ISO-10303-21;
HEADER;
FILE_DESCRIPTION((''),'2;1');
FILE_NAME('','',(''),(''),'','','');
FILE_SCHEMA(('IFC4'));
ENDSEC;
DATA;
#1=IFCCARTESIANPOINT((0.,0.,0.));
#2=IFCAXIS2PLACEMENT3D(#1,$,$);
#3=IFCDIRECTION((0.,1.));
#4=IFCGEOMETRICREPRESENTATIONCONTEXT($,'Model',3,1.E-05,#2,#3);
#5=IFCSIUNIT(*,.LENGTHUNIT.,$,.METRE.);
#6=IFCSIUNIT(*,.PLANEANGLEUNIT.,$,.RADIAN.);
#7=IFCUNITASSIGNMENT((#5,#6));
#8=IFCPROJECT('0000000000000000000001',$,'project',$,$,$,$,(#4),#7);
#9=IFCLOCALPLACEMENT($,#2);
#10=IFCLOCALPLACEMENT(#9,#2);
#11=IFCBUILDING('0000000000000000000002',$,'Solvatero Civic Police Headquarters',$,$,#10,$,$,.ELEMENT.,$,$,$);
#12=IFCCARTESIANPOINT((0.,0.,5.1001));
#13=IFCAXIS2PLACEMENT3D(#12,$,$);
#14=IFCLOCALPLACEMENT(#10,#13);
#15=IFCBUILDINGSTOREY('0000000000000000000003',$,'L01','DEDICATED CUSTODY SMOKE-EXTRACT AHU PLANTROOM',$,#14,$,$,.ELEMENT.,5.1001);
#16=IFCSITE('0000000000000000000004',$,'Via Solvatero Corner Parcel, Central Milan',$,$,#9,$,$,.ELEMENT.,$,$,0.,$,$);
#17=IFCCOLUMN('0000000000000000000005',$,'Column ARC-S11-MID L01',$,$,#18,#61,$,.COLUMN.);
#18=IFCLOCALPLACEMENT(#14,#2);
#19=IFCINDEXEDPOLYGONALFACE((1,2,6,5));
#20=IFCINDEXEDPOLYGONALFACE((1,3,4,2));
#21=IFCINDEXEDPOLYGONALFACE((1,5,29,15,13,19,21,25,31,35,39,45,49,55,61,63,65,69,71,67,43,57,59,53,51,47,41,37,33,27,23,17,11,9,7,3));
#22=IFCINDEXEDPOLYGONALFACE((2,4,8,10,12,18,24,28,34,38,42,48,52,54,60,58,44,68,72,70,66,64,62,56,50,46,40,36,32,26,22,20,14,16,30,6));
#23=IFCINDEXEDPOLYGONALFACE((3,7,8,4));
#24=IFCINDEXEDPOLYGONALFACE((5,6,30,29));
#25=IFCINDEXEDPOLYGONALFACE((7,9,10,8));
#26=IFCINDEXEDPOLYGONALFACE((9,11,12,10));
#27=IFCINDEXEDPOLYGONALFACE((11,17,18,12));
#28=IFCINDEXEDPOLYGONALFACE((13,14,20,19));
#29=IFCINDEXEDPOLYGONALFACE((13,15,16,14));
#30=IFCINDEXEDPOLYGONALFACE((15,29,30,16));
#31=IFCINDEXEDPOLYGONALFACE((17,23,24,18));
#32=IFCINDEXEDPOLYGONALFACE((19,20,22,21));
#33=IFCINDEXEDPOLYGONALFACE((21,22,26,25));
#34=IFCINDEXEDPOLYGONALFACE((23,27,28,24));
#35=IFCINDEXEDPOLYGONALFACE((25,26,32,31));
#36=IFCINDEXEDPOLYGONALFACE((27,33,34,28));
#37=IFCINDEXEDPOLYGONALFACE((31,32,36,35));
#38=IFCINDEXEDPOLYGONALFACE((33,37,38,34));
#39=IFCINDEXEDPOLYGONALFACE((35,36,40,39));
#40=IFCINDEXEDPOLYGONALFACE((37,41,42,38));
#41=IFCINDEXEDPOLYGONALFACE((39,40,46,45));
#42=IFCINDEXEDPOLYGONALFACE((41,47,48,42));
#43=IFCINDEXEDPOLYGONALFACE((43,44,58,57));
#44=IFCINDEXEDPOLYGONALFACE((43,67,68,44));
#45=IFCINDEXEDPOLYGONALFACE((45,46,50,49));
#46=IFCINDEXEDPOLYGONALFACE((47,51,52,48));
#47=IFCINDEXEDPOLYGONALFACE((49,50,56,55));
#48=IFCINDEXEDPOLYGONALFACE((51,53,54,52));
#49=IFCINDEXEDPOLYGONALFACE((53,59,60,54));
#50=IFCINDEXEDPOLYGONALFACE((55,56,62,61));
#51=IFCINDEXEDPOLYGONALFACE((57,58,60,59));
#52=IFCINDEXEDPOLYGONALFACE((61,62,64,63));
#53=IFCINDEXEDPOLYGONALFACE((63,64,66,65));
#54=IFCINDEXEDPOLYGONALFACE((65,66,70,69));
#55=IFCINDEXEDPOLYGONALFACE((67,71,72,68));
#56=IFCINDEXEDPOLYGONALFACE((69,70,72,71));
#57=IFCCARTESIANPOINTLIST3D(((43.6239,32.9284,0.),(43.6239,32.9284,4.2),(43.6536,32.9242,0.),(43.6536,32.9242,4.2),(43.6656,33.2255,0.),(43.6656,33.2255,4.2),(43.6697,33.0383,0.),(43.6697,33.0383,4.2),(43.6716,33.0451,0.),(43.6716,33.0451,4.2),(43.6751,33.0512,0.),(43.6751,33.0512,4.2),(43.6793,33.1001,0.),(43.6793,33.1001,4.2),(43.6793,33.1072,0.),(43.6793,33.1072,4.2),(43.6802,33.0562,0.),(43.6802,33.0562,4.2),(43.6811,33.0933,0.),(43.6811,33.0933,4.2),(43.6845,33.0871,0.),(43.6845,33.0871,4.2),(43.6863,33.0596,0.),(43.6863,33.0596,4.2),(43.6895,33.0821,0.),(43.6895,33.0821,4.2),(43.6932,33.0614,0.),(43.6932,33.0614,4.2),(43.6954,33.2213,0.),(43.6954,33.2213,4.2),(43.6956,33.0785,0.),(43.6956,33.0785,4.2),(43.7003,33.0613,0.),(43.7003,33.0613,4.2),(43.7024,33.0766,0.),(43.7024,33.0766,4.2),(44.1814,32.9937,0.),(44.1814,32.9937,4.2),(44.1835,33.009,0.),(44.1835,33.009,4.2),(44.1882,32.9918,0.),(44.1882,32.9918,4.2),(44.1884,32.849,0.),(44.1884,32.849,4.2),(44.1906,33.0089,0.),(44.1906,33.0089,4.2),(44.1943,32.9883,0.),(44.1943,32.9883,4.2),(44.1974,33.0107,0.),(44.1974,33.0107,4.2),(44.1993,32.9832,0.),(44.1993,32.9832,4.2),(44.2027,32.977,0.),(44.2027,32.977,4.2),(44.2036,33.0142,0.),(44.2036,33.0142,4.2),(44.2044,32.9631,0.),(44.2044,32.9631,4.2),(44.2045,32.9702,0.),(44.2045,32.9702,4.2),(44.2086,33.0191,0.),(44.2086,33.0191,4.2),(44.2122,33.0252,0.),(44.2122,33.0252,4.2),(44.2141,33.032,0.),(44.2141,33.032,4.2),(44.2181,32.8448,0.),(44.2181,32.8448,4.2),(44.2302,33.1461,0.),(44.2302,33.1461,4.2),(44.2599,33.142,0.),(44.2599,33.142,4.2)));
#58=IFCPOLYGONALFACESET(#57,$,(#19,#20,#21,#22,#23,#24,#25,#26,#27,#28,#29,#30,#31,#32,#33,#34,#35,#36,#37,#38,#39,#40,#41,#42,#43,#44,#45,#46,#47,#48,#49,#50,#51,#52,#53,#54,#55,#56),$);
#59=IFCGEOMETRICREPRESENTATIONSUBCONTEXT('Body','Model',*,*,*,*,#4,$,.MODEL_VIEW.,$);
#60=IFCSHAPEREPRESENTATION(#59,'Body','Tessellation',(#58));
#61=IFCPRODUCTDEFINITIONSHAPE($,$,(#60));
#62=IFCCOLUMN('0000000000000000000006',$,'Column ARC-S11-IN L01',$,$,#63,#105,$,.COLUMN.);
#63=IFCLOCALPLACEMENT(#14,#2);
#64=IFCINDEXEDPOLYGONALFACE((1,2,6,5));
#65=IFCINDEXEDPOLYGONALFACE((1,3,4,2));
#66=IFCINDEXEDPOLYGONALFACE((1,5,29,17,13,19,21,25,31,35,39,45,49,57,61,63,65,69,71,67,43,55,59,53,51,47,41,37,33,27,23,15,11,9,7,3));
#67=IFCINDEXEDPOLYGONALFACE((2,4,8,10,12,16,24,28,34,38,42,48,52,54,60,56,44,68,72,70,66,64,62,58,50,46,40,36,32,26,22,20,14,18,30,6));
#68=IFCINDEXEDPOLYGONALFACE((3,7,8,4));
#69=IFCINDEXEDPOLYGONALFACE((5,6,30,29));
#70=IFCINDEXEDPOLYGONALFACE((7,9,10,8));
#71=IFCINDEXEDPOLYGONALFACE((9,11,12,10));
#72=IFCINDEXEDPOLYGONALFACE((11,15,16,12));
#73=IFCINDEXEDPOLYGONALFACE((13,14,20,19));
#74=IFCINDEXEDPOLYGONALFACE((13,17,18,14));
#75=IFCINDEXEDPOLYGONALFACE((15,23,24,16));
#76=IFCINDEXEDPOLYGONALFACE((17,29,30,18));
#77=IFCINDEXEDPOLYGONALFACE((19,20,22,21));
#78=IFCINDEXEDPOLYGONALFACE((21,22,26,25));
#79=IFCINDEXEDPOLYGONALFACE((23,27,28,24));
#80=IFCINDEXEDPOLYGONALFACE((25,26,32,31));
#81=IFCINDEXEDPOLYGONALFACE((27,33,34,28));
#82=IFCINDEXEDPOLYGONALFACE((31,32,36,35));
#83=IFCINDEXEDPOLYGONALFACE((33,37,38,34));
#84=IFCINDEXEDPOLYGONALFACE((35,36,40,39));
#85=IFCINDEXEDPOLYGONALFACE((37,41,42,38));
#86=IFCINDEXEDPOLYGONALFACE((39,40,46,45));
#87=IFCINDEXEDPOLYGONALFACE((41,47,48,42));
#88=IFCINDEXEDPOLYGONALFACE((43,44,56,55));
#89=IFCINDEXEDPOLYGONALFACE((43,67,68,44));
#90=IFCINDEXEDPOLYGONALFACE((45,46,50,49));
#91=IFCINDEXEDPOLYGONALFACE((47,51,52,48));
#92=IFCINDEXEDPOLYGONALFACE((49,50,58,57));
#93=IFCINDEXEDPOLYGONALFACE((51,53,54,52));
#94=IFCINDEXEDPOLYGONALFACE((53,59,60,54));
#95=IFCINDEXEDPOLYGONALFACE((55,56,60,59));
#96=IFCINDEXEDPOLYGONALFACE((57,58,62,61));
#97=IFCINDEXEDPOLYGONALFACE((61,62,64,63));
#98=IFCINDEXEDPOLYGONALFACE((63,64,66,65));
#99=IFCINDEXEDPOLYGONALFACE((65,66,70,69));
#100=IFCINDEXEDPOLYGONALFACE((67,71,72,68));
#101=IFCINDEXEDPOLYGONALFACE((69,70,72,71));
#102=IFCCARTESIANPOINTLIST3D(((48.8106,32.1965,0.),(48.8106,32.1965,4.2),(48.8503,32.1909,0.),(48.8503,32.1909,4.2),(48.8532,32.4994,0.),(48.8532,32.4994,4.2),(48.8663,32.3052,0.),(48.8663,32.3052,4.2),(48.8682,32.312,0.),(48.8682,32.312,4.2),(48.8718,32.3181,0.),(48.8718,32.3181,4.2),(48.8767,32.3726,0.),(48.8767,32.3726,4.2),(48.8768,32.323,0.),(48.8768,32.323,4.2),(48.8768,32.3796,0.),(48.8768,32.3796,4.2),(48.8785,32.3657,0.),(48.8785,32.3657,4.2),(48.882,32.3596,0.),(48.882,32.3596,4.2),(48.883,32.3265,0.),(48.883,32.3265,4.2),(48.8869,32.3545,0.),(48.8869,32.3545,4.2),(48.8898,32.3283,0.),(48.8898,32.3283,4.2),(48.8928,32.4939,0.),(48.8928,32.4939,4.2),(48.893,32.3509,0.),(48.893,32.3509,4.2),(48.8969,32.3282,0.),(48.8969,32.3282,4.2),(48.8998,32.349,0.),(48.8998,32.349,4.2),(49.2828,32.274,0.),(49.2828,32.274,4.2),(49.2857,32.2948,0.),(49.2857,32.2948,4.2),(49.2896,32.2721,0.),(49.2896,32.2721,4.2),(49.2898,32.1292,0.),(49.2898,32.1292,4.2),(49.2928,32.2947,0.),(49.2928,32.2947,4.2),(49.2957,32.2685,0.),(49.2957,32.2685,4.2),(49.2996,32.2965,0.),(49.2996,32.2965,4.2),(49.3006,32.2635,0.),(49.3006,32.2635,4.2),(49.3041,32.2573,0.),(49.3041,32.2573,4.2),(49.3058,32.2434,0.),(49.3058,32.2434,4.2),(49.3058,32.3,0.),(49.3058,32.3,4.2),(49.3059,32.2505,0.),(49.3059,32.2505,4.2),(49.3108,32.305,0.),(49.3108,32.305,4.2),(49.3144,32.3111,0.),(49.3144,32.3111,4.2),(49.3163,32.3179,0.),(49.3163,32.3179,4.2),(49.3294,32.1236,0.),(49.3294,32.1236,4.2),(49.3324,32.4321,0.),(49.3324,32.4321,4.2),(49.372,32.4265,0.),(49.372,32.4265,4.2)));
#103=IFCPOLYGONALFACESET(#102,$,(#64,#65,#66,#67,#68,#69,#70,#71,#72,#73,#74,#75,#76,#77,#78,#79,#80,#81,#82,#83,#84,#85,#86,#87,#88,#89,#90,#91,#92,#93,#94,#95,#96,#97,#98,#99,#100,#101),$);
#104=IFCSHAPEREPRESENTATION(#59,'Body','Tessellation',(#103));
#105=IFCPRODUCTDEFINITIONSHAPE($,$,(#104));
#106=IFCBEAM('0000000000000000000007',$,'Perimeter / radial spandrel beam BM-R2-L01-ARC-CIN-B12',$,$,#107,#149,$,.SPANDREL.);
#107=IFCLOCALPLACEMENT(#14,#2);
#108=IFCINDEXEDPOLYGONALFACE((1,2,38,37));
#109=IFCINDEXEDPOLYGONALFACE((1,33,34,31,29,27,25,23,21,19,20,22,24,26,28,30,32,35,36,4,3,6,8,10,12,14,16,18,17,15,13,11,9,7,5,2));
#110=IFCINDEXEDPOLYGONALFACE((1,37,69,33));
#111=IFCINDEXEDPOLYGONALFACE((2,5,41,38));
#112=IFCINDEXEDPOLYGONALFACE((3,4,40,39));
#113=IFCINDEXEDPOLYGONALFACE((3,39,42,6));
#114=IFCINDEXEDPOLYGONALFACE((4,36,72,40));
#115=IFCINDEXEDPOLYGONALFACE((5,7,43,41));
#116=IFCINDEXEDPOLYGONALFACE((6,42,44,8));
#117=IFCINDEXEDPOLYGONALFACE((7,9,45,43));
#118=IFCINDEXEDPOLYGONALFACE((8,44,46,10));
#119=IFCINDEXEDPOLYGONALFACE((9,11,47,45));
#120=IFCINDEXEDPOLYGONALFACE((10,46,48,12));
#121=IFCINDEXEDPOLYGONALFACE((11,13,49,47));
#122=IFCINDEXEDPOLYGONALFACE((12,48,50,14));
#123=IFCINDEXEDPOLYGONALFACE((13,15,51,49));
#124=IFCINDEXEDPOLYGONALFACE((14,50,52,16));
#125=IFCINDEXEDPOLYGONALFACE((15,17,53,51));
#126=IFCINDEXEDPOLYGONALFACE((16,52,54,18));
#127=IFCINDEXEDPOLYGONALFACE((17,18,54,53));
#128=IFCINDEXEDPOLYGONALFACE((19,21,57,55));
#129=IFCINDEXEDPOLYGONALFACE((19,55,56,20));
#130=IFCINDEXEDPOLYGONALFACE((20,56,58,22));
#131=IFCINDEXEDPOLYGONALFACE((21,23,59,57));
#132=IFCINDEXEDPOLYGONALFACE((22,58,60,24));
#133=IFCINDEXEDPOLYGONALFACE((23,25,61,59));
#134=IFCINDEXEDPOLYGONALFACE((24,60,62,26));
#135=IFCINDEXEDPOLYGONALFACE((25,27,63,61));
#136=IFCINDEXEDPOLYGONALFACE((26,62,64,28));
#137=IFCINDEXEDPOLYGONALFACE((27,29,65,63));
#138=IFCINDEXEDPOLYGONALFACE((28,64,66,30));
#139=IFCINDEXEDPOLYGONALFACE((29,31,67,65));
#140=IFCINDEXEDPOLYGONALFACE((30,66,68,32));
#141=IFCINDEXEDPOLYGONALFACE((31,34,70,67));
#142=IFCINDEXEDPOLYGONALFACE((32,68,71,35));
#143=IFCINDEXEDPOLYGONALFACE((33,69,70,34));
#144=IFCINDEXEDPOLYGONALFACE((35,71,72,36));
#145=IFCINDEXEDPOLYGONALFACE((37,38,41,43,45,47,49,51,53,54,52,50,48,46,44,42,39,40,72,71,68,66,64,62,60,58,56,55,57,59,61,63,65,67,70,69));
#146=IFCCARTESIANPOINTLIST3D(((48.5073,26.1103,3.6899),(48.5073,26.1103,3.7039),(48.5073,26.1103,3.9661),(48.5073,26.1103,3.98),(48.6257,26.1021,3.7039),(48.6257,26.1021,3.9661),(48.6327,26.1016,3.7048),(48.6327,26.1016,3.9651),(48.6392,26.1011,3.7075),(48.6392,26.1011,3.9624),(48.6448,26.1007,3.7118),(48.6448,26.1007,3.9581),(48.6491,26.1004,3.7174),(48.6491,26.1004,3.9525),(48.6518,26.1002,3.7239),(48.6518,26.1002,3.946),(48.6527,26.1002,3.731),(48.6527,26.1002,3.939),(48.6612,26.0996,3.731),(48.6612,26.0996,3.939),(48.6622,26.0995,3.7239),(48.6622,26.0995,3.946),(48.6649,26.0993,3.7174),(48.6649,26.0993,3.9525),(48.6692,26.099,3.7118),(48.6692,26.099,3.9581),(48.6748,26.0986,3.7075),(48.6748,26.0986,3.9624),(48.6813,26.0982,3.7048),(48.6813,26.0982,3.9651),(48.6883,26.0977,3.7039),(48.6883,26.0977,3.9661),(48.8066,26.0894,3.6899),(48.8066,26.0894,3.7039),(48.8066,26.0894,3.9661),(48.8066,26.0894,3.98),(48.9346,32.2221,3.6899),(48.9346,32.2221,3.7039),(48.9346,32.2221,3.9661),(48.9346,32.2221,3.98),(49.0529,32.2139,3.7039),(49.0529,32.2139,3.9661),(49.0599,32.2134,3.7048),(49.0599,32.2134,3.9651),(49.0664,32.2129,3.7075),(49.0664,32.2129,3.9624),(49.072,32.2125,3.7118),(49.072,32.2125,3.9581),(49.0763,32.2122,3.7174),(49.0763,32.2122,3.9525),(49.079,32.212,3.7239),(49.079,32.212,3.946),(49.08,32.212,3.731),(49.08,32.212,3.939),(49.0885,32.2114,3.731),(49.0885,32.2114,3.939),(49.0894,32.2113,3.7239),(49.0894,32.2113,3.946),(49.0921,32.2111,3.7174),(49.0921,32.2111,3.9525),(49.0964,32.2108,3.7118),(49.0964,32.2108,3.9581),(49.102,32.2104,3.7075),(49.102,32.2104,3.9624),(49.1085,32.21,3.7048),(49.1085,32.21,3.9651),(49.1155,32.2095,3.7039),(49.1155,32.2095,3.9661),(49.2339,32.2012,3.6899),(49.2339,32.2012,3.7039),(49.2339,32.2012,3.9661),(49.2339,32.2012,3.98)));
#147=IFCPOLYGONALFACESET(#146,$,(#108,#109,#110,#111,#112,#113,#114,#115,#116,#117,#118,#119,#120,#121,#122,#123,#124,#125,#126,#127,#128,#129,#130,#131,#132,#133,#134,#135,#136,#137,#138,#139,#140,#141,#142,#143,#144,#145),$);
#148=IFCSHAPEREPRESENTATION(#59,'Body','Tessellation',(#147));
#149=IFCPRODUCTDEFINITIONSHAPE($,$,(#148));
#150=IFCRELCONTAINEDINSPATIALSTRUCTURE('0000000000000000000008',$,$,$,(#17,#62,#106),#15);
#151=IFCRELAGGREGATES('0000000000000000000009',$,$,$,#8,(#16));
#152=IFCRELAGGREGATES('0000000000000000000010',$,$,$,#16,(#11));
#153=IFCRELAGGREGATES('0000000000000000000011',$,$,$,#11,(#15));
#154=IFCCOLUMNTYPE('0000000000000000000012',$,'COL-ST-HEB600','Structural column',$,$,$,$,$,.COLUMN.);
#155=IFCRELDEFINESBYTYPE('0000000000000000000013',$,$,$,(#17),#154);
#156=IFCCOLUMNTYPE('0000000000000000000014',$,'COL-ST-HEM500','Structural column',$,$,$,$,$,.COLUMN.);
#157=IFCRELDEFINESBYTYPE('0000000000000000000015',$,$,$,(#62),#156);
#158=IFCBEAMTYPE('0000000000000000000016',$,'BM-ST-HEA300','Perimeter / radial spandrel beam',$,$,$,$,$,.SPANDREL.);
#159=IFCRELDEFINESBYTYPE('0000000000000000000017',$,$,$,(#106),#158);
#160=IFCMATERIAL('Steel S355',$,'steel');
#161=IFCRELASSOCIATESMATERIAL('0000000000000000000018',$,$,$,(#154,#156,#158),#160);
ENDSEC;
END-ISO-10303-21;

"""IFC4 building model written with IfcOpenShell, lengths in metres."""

from ifc_helpers import new_model, si_unit, direction, frame, origin, origin_2d, place, context, subcontext, project, spatial, i_section, extrude, material, material_profile, profile_set, type_object, element, save


model = new_model("IFC4")

# Units and contexts
model_context = context("Model", 3, precision=1e-05, world=origin(), true_north=direction((0.0, 1.0)))
body_context = subcontext(model_context, "Body", "Model", "MODEL_VIEW")
ifc_project = project(units=[si_unit("LENGTHUNIT", "METRE"), si_unit("PLANEANGLEUNIT", "RADIAN")], contexts=[model_context])

# Site, building, storey
site_placement = place(None, origin())
site = spatial("IfcSite", under=ifc_project, at=site_placement, Name="Via Solvatero Corner Parcel, Central Milan", CompositionType="ELEMENT", RefElevation=0.0)
building_placement = place(site_placement, origin())
building = spatial("IfcBuilding", under=site, at=building_placement, Name="Solvatero Civic Police Headquarters", CompositionType="ELEMENT")
storey_placement = place(building_placement, frame((0.0, 0.0, 5.1001)))
storey = spatial("IfcBuildingStorey", under=building, at=storey_placement, Name="L01", Description="DEDICATED CUSTODY SMOKE-EXTRACT AHU PLANTROOM", CompositionType="ELEMENT", Elevation=5.1001)

# Columns
ifc_material_1 = material(Name="Steel S355", Category="steel")
ifc_material_profile_1 = material_profile(ifc_material_1, i_section(OverallWidth=0.3, OverallDepth=0.6001, WebThickness=0.0154, FlangeThickness=0.03, FilletRadius=0.0271, at=origin_2d()), Name="HEB 600")
ifc_profile_set_1 = profile_set([ifc_material_profile_1], Name="Steel S355")
column_type_1 = type_object("IfcColumnType", Name="COL-ST-HEB600", Description="Structural column", PredefinedType="COLUMN", material=ifc_profile_set_1)
column_1_placement = place(storey_placement, frame((43.9419, 33.0352, 0.0), z_axis=(0.0, 0.0, 1.0), x_axis=(0.139173, 0.990268, 0.0)))
element("IfcColumn", 1, at=column_1_placement, inside=storey, type_object=column_type_1, Name="Column ARC-S11-MID L01", PredefinedType="COLUMN", context=body_context, shape_type="SweptSolid", body=[
    extrude(i_section(OverallWidth=0.3, OverallDepth=0.6001, WebThickness=0.0154, FlangeThickness=0.03, FilletRadius=0.0271, at=origin_2d()), origin(), (0.0, 0.0, 1.0), 4.2),
])
ifc_material_profile_2 = material_profile(ifc_material_1, i_section(OverallWidth=0.3059, OverallDepth=0.5239, WebThickness=0.021, FlangeThickness=0.04, FilletRadius=0.0271, at=origin_2d()), Name="HEM 500")
ifc_profile_set_2 = profile_set([ifc_material_profile_2], Name="Steel S355")
column_type_2 = type_object("IfcColumnType", Name="COL-ST-HEM500", Description="Structural column", PredefinedType="COLUMN", material=ifc_profile_set_2)
column_2_placement = place(storey_placement, frame((49.0913, 32.3115, 0.0), z_axis=(0.0, 0.0, 1.0), x_axis=(0.139173, 0.990268, 0.0)))
element("IfcColumn", 2, at=column_2_placement, inside=storey, type_object=column_type_2, Name="Column ARC-S11-IN L01", PredefinedType="COLUMN", context=body_context, shape_type="SweptSolid", body=[
    extrude(i_section(OverallWidth=0.3059, OverallDepth=0.5239, WebThickness=0.021, FlangeThickness=0.04, FilletRadius=0.0271, at=origin_2d()), origin(), (0.0, 0.0, 1.0), 4.2),
])

# Beam
ifc_material_profile_3 = material_profile(ifc_material_1, i_section(OverallWidth=0.3, OverallDepth=0.29, WebThickness=0.0085, FlangeThickness=0.0139, FilletRadius=0.0271, at=origin_2d()), Name="HEA 300")
ifc_profile_set_3 = profile_set([ifc_material_profile_3], Name="Steel S355")
beam_type_1 = type_object("IfcBeamType", Name="BM-ST-HEA300", Description="Perimeter / radial spandrel beam", PredefinedType="SPANDREL", material=ifc_profile_set_3)
beam_1_placement = place(storey_placement, frame((49.0842, 32.2117, 3.835), z_axis=(-0.069735, -0.997566, 0.0), x_axis=(0.997566, -0.069735, 0.0)))
element("IfcBeam", 3, at=beam_1_placement, inside=storey, type_object=beam_type_1, Name="Perimeter / radial spandrel beam BM-R2-L01-ARC-CIN-B12", PredefinedType="SPANDREL", context=body_context, shape_type="SweptSolid", body=[
    extrude(i_section(OverallWidth=0.3, OverallDepth=0.29, WebThickness=0.0085, FlangeThickness=0.0139, FilletRadius=0.0271, at=origin_2d()), origin(), (0.0, 0.0, 1.0), 6.1267),
])

save(model, "model.ifc")
